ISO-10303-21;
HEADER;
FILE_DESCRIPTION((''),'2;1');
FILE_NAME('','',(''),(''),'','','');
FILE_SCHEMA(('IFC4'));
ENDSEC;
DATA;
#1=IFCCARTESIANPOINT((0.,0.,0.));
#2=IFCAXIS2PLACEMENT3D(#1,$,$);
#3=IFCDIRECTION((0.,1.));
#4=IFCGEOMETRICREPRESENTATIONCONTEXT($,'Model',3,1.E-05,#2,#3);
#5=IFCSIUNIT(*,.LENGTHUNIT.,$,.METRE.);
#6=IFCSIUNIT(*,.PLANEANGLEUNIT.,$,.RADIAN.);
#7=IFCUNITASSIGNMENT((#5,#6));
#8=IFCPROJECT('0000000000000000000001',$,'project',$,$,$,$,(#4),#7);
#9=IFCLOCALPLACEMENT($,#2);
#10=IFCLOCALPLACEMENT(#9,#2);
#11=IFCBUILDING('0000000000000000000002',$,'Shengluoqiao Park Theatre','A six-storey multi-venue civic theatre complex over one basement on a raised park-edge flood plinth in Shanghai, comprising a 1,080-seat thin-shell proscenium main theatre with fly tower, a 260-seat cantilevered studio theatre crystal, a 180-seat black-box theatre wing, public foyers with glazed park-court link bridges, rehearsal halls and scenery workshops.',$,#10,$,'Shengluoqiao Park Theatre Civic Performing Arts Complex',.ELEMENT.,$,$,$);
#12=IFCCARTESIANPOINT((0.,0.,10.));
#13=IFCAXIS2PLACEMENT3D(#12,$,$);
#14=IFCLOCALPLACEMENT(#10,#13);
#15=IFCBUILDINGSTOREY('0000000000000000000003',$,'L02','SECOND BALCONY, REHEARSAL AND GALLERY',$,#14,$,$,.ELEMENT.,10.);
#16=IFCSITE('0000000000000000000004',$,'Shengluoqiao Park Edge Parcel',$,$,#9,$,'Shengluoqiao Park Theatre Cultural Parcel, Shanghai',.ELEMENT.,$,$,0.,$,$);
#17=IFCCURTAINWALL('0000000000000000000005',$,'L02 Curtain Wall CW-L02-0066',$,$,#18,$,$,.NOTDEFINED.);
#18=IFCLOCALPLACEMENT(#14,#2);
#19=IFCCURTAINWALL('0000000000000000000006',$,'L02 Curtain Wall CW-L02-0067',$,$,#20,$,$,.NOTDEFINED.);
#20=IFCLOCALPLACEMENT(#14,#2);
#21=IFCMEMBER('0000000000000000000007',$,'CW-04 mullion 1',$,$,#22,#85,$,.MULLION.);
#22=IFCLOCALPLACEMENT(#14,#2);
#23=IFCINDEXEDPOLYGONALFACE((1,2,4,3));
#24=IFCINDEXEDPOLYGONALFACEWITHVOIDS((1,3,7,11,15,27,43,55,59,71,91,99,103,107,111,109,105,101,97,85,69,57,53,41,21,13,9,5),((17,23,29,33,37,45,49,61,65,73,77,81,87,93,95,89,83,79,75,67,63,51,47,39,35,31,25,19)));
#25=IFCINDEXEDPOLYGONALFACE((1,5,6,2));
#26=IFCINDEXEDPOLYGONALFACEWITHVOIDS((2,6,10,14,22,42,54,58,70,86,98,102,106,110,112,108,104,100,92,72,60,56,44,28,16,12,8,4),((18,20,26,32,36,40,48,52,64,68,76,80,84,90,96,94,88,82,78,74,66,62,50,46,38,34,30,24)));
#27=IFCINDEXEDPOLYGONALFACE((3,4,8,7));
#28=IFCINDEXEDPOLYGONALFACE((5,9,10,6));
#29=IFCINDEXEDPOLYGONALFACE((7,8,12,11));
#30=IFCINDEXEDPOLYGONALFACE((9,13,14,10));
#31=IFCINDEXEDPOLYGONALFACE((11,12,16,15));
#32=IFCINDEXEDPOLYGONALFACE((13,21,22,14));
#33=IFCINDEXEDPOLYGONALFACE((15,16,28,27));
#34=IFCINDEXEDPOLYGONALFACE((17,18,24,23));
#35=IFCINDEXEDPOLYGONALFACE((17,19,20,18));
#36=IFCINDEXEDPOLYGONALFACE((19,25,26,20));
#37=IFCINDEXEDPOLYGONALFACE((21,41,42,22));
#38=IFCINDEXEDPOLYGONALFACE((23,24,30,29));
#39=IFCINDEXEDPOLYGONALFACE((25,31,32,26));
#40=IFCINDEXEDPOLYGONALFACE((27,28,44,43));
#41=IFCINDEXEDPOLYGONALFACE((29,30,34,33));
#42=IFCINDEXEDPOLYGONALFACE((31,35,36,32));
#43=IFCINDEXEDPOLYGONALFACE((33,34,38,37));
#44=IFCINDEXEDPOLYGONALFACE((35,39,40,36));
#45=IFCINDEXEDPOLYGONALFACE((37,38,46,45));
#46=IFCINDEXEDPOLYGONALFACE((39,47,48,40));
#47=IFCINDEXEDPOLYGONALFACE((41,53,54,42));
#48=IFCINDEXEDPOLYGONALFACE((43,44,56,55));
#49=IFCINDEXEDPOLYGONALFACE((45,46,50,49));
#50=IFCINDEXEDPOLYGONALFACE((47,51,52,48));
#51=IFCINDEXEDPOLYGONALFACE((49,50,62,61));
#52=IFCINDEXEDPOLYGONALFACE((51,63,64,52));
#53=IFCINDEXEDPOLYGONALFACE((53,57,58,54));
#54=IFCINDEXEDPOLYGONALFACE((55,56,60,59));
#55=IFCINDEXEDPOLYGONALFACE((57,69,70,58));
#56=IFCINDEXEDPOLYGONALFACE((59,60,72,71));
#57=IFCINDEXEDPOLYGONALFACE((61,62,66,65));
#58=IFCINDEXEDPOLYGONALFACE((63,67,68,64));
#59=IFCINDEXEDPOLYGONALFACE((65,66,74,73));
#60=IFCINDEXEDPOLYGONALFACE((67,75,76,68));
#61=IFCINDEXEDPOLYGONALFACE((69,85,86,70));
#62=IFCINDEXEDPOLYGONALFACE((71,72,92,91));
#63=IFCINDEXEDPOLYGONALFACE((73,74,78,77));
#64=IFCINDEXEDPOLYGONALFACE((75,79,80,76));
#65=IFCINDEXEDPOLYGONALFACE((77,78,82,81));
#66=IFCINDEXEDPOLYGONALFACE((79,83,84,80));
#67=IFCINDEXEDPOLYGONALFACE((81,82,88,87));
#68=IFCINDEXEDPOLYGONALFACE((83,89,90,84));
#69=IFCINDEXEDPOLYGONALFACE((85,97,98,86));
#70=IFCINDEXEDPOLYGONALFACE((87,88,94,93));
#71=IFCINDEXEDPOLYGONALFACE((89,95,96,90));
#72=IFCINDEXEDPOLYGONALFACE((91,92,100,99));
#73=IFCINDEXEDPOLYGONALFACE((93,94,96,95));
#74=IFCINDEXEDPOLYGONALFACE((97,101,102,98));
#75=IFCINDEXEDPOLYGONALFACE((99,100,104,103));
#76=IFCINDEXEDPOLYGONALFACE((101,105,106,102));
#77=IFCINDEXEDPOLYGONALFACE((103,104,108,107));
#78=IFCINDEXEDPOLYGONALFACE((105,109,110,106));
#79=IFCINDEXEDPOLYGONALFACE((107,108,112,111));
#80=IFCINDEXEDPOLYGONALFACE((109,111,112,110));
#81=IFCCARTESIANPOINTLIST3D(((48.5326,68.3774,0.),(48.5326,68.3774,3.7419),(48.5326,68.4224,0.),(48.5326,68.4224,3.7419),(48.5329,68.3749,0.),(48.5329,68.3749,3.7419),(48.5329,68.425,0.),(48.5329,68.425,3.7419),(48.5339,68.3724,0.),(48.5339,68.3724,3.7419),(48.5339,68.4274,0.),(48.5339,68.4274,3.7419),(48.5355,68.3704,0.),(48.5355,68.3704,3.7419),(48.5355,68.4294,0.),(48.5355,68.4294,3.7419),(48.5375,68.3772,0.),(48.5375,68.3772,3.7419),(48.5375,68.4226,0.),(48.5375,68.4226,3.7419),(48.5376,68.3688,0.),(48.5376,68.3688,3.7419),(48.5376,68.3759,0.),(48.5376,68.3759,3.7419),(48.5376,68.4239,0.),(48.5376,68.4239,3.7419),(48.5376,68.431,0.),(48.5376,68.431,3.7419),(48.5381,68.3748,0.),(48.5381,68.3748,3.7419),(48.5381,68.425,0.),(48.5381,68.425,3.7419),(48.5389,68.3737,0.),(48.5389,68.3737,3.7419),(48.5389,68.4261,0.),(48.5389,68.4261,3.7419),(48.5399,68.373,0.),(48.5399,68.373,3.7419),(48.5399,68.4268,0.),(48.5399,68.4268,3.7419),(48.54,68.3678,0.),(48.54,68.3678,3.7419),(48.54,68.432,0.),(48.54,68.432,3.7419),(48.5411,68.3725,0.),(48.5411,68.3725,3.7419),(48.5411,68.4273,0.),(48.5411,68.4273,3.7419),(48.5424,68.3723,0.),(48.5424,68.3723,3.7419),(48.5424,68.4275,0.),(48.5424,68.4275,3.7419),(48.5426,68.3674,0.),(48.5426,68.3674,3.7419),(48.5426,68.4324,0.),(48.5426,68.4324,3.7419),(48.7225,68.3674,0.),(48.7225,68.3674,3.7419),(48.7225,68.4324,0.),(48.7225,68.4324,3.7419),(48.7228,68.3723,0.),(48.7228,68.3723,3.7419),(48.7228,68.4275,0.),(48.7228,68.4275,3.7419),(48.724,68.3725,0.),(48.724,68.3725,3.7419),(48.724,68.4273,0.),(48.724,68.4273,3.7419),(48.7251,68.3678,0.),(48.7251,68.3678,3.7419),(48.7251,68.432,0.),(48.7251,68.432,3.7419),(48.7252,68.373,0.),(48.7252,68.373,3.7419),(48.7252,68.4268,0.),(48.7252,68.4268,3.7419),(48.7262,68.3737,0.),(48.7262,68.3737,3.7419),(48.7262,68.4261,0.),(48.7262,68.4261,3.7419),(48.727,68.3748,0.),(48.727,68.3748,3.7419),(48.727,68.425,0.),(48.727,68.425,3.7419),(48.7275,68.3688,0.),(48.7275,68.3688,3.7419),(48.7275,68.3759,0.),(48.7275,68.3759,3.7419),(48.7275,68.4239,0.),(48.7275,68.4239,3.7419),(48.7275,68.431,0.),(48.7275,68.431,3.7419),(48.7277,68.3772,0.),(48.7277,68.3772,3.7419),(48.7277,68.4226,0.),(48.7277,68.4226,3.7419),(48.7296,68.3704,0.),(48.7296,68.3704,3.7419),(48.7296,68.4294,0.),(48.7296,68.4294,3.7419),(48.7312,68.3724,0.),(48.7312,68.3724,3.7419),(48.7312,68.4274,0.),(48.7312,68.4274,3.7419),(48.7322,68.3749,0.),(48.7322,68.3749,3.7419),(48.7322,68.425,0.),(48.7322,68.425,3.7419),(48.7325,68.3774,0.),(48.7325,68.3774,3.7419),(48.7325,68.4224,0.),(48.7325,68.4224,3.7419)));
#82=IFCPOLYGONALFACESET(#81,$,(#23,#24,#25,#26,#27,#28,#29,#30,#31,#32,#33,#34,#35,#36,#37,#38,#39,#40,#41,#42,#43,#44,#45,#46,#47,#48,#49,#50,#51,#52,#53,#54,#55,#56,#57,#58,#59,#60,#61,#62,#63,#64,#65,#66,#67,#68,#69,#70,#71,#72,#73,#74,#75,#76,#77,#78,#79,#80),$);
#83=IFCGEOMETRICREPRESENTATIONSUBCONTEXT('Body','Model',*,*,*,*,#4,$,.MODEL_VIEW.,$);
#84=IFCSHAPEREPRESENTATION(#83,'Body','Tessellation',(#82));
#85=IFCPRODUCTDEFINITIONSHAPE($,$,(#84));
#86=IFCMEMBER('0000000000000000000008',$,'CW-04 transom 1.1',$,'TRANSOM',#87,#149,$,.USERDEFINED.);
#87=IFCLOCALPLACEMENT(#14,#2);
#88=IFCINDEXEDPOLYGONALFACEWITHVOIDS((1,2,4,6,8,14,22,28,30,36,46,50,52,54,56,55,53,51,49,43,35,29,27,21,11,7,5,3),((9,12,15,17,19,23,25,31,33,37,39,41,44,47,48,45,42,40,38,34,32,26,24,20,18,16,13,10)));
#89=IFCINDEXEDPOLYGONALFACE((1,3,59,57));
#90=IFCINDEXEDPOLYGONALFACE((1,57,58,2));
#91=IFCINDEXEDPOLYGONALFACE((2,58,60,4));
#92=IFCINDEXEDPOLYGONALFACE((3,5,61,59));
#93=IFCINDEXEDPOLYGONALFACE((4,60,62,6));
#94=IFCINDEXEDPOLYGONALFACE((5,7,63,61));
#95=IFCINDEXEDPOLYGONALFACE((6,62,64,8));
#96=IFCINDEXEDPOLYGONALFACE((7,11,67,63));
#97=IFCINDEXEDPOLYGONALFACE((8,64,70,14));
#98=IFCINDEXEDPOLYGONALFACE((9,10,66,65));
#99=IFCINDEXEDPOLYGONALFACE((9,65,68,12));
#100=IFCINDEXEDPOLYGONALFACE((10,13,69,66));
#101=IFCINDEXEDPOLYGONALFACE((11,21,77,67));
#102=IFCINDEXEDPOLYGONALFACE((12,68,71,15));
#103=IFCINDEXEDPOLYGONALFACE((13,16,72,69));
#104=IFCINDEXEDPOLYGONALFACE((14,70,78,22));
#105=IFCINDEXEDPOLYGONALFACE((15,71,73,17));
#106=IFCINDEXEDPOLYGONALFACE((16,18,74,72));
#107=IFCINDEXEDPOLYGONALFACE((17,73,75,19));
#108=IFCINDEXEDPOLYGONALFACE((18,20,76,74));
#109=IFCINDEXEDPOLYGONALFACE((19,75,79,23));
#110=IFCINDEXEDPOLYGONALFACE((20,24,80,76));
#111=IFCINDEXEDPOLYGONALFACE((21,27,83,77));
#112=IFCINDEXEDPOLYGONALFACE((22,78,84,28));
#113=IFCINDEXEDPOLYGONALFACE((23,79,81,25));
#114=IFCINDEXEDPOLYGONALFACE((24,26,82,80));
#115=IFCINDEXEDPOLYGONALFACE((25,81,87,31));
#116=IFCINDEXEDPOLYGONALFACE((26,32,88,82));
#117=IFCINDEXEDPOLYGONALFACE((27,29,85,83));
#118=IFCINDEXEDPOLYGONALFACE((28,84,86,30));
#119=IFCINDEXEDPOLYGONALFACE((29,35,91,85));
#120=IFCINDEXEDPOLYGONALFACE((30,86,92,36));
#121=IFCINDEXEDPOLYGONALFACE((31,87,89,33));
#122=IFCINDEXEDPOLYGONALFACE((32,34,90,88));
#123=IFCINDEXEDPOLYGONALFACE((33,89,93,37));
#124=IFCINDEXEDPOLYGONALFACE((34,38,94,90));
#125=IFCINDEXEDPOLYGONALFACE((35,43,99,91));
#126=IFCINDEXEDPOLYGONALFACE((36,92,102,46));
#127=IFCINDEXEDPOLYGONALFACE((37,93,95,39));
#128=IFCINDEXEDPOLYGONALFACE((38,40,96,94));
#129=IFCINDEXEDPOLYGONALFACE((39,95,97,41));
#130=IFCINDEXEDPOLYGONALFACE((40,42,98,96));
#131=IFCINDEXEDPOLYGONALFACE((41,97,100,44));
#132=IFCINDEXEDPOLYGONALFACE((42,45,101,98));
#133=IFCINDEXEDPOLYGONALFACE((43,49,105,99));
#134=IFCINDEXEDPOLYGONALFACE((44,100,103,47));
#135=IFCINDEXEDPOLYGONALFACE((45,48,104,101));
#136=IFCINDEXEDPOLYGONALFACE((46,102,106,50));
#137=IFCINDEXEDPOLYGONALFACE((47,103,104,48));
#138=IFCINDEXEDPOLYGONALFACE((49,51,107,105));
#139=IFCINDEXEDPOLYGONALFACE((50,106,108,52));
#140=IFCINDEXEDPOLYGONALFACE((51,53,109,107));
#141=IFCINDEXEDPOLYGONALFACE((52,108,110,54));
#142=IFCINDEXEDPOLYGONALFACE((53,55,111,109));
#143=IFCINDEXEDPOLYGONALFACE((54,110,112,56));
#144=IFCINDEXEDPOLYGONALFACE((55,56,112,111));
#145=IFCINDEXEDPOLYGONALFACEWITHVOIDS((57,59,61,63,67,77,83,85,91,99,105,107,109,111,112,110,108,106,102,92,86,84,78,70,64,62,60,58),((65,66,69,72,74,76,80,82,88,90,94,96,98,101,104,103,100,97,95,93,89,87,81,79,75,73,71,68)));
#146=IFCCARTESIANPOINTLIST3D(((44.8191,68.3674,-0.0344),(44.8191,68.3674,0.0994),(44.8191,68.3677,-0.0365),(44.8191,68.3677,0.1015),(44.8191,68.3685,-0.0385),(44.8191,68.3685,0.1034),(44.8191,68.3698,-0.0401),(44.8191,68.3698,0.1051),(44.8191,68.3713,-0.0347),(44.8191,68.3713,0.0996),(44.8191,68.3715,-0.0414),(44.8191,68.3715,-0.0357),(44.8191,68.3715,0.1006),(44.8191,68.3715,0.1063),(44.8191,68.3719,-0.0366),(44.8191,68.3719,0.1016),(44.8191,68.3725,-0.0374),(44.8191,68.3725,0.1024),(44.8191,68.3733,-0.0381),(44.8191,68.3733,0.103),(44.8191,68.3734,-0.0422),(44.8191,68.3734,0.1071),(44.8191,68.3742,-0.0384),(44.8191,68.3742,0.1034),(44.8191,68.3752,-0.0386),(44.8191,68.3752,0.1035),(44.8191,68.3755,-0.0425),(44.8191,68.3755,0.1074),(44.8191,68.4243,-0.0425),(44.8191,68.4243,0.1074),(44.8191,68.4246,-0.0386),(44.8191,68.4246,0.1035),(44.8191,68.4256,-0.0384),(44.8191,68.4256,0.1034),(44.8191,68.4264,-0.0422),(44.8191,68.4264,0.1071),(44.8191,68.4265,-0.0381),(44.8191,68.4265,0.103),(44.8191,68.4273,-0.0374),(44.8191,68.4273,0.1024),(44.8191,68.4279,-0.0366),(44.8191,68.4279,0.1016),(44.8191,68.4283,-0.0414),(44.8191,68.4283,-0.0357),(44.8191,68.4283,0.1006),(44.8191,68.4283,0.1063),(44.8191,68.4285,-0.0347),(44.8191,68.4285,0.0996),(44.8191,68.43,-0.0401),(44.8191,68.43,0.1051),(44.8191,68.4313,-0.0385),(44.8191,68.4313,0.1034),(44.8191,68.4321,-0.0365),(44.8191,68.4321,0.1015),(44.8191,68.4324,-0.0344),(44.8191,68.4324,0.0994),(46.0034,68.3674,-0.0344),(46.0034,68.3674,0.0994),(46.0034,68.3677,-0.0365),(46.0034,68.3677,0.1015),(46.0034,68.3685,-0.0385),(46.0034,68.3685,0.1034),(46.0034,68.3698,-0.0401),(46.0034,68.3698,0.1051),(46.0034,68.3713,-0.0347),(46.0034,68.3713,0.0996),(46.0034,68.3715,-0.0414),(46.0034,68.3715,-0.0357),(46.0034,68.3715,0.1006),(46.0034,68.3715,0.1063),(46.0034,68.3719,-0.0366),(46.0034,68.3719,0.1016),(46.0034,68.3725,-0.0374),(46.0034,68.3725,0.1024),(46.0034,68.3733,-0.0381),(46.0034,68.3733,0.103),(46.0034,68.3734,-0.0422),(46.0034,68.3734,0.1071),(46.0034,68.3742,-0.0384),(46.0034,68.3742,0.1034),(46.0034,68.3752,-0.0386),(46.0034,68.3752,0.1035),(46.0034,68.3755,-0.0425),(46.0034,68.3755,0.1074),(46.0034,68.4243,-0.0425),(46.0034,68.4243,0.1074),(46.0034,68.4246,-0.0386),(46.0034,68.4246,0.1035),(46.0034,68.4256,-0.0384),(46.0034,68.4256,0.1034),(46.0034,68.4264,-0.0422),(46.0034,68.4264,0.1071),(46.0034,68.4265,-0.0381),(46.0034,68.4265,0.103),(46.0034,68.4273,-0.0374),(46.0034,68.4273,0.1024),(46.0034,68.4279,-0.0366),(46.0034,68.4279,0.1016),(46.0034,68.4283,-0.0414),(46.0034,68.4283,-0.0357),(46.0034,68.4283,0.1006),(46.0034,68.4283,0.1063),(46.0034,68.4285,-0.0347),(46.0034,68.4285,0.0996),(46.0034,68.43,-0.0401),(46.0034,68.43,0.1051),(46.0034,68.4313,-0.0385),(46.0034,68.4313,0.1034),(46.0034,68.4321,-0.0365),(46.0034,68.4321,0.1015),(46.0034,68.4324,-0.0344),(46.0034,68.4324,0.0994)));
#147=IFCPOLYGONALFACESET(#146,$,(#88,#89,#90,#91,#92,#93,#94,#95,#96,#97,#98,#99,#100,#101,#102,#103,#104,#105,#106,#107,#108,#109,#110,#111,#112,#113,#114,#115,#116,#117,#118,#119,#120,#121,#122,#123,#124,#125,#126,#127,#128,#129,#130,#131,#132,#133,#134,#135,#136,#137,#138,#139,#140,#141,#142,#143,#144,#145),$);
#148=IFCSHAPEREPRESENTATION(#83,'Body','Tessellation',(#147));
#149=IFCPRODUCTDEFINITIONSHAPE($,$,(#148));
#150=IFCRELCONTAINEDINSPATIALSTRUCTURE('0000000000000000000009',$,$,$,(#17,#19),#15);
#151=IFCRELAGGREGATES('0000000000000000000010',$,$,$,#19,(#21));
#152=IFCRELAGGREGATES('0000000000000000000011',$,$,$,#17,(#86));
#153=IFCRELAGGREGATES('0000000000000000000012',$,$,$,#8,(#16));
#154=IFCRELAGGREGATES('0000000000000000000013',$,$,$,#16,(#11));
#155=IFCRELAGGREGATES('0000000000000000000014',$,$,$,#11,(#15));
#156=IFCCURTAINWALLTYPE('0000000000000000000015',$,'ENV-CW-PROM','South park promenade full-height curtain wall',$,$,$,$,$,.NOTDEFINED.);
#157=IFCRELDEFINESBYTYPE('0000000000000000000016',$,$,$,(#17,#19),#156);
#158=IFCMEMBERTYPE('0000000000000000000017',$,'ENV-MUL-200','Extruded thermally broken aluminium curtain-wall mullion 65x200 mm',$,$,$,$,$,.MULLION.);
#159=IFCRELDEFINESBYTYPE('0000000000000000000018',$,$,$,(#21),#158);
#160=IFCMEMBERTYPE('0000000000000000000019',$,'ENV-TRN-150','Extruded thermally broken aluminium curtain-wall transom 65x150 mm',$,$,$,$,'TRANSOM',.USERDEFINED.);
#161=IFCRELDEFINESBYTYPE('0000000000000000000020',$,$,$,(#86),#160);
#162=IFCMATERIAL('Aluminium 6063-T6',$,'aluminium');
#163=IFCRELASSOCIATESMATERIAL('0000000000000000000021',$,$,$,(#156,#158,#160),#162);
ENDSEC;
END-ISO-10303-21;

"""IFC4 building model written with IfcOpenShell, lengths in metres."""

from ifc_helpers import new_model, si_unit, direction, frame, origin, origin_2d, place, context, subcontext, project, spatial, hollow_rectangle, extrude, material, material_profile, profile_set, type_object, element, aggregate, save


model = new_model("IFC4")

# Units and contexts
model_context = context("Model", 3, precision=1e-05, world=origin(), true_north=direction((0.0, 1.0)))
body_context = subcontext(model_context, "Body", "Model", "MODEL_VIEW")
ifc_project = project(units=[si_unit("LENGTHUNIT", "METRE"), si_unit("PLANEANGLEUNIT", "RADIAN")], contexts=[model_context])

# Site, building, storey
site_placement = place(None, origin())
site = spatial("IfcSite", under=ifc_project, at=site_placement, Name="Shengluoqiao Park Edge Parcel", LongName="Shengluoqiao Park Theatre Cultural Parcel, Shanghai", CompositionType="ELEMENT", RefElevation=0.0)
building_placement = place(site_placement, origin())
building = spatial("IfcBuilding", under=site, at=building_placement, Name="Shengluoqiao Park Theatre", Description="A six-storey multi-venue civic theatre complex over one basement on a raised park-edge flood plinth in Shanghai, comprising a 1,080-seat thin-shell proscenium main theatre with fly tower, a 260-seat cantilevered studio theatre crystal, a 180-seat black-box theatre wing, public foyers with glazed park-court link bridges, rehearsal halls and scenery workshops.", LongName="Shengluoqiao Park Theatre Civic Performing Arts Complex", CompositionType="ELEMENT")
storey_placement = place(building_placement, frame((0.0, 0.0, 10.0)))
storey = spatial("IfcBuildingStorey", under=building, at=storey_placement, Name="L02", Description="SECOND BALCONY, REHEARSAL AND GALLERY", CompositionType="ELEMENT", Elevation=10.0)

# Curtain wall
ifc_material_1 = material(Name="Aluminium 6063-T6", Category="aluminium")
curtain_wall_type = type_object("IfcCurtainWallType", Name="ENV-CW-PROM", Description="South park promenade full-height curtain wall", PredefinedType="NOTDEFINED", material=ifc_material_1)
curtain_wall_1_placement = place(storey_placement, origin())
curtain_wall_1 = element("IfcCurtainWall", 1, at=curtain_wall_1_placement, inside=storey, type_object=curtain_wall_type, Name="L02 Curtain Wall CW-L02-0066", PredefinedType="NOTDEFINED")
ifc_material_profile_1 = material_profile(ifc_material_1, hollow_rectangle(XDim=0.0649, YDim=0.2, WallThickness=0.0049, InnerFilletRadius=0.0049, OuterFilletRadius=0.01, at=origin_2d()), Name="ALU MULLION 200x65x5")
ifc_profile_set_1 = profile_set([ifc_material_profile_1], Name="Aluminium 6063-T6")
member_type_1 = type_object("IfcMemberType", Name="ENV-MUL-200", Description="Extruded thermally broken aluminium curtain-wall mullion 65x200 mm", PredefinedType="MULLION", material=ifc_profile_set_1)

# Curtain wall, member
curtain_wall_2_placement = place(storey_placement, origin())
curtain_wall_2 = element("IfcCurtainWall", 2, at=curtain_wall_2_placement, inside=storey, type_object=curtain_wall_type, Name="L02 Curtain Wall CW-L02-0067", PredefinedType="NOTDEFINED")
member_1_placement = place(storey_placement, frame((48.6326, 68.3999, 0.0), z_axis=(0.0, 0.0, 1.0), x_axis=(0.0, 1.0, 0.0)))
member_1 = element("IfcMember", 3, at=member_1_placement, type_object=member_type_1, Name="CW-04 mullion 1", PredefinedType="MULLION", context=body_context, shape_type="SweptSolid", body=[
    extrude(hollow_rectangle(XDim=0.0649, YDim=0.2, WallThickness=0.0049, InnerFilletRadius=0.0049, OuterFilletRadius=0.01, at=origin_2d()), origin(), (0.0, 0.0, 1.0), 3.7419),
])

# Member
ifc_material_profile_2 = material_profile(ifc_material_1, hollow_rectangle(XDim=0.0649, YDim=0.1499, WallThickness=0.0039, InnerFilletRadius=0.0039, OuterFilletRadius=0.0081, at=origin_2d()), Name="ALU TRANSOM 150x65x4")
ifc_profile_set_2 = profile_set([ifc_material_profile_2], Name="Aluminium 6063-T6")
member_type_2 = type_object("IfcMemberType", Name="ENV-TRN-150", Description="Extruded thermally broken aluminium curtain-wall transom 65x150 mm", ElementType="TRANSOM", PredefinedType="USERDEFINED", material=ifc_profile_set_2)
member_2_placement = place(storey_placement, frame((44.8191, 68.3999, 0.0325), z_axis=(1.0, 0.0, 0.0), x_axis=(0.0, 1.0, 0.0)))
member_2 = element("IfcMember", 4, at=member_2_placement, type_object=member_type_2, Name="CW-04 transom 1.1", ObjectType="TRANSOM", PredefinedType="USERDEFINED", context=body_context, shape_type="SweptSolid", body=[
    extrude(hollow_rectangle(XDim=0.0649, YDim=0.1499, WallThickness=0.0039, InnerFilletRadius=0.0039, OuterFilletRadius=0.0081, at=origin_2d()), origin(), (0.0, 0.0, 1.0), 1.1843),
])
aggregate(curtain_wall_2, [member_1])

aggregate(curtain_wall_1, [member_2])

save(model, "model.ifc")
